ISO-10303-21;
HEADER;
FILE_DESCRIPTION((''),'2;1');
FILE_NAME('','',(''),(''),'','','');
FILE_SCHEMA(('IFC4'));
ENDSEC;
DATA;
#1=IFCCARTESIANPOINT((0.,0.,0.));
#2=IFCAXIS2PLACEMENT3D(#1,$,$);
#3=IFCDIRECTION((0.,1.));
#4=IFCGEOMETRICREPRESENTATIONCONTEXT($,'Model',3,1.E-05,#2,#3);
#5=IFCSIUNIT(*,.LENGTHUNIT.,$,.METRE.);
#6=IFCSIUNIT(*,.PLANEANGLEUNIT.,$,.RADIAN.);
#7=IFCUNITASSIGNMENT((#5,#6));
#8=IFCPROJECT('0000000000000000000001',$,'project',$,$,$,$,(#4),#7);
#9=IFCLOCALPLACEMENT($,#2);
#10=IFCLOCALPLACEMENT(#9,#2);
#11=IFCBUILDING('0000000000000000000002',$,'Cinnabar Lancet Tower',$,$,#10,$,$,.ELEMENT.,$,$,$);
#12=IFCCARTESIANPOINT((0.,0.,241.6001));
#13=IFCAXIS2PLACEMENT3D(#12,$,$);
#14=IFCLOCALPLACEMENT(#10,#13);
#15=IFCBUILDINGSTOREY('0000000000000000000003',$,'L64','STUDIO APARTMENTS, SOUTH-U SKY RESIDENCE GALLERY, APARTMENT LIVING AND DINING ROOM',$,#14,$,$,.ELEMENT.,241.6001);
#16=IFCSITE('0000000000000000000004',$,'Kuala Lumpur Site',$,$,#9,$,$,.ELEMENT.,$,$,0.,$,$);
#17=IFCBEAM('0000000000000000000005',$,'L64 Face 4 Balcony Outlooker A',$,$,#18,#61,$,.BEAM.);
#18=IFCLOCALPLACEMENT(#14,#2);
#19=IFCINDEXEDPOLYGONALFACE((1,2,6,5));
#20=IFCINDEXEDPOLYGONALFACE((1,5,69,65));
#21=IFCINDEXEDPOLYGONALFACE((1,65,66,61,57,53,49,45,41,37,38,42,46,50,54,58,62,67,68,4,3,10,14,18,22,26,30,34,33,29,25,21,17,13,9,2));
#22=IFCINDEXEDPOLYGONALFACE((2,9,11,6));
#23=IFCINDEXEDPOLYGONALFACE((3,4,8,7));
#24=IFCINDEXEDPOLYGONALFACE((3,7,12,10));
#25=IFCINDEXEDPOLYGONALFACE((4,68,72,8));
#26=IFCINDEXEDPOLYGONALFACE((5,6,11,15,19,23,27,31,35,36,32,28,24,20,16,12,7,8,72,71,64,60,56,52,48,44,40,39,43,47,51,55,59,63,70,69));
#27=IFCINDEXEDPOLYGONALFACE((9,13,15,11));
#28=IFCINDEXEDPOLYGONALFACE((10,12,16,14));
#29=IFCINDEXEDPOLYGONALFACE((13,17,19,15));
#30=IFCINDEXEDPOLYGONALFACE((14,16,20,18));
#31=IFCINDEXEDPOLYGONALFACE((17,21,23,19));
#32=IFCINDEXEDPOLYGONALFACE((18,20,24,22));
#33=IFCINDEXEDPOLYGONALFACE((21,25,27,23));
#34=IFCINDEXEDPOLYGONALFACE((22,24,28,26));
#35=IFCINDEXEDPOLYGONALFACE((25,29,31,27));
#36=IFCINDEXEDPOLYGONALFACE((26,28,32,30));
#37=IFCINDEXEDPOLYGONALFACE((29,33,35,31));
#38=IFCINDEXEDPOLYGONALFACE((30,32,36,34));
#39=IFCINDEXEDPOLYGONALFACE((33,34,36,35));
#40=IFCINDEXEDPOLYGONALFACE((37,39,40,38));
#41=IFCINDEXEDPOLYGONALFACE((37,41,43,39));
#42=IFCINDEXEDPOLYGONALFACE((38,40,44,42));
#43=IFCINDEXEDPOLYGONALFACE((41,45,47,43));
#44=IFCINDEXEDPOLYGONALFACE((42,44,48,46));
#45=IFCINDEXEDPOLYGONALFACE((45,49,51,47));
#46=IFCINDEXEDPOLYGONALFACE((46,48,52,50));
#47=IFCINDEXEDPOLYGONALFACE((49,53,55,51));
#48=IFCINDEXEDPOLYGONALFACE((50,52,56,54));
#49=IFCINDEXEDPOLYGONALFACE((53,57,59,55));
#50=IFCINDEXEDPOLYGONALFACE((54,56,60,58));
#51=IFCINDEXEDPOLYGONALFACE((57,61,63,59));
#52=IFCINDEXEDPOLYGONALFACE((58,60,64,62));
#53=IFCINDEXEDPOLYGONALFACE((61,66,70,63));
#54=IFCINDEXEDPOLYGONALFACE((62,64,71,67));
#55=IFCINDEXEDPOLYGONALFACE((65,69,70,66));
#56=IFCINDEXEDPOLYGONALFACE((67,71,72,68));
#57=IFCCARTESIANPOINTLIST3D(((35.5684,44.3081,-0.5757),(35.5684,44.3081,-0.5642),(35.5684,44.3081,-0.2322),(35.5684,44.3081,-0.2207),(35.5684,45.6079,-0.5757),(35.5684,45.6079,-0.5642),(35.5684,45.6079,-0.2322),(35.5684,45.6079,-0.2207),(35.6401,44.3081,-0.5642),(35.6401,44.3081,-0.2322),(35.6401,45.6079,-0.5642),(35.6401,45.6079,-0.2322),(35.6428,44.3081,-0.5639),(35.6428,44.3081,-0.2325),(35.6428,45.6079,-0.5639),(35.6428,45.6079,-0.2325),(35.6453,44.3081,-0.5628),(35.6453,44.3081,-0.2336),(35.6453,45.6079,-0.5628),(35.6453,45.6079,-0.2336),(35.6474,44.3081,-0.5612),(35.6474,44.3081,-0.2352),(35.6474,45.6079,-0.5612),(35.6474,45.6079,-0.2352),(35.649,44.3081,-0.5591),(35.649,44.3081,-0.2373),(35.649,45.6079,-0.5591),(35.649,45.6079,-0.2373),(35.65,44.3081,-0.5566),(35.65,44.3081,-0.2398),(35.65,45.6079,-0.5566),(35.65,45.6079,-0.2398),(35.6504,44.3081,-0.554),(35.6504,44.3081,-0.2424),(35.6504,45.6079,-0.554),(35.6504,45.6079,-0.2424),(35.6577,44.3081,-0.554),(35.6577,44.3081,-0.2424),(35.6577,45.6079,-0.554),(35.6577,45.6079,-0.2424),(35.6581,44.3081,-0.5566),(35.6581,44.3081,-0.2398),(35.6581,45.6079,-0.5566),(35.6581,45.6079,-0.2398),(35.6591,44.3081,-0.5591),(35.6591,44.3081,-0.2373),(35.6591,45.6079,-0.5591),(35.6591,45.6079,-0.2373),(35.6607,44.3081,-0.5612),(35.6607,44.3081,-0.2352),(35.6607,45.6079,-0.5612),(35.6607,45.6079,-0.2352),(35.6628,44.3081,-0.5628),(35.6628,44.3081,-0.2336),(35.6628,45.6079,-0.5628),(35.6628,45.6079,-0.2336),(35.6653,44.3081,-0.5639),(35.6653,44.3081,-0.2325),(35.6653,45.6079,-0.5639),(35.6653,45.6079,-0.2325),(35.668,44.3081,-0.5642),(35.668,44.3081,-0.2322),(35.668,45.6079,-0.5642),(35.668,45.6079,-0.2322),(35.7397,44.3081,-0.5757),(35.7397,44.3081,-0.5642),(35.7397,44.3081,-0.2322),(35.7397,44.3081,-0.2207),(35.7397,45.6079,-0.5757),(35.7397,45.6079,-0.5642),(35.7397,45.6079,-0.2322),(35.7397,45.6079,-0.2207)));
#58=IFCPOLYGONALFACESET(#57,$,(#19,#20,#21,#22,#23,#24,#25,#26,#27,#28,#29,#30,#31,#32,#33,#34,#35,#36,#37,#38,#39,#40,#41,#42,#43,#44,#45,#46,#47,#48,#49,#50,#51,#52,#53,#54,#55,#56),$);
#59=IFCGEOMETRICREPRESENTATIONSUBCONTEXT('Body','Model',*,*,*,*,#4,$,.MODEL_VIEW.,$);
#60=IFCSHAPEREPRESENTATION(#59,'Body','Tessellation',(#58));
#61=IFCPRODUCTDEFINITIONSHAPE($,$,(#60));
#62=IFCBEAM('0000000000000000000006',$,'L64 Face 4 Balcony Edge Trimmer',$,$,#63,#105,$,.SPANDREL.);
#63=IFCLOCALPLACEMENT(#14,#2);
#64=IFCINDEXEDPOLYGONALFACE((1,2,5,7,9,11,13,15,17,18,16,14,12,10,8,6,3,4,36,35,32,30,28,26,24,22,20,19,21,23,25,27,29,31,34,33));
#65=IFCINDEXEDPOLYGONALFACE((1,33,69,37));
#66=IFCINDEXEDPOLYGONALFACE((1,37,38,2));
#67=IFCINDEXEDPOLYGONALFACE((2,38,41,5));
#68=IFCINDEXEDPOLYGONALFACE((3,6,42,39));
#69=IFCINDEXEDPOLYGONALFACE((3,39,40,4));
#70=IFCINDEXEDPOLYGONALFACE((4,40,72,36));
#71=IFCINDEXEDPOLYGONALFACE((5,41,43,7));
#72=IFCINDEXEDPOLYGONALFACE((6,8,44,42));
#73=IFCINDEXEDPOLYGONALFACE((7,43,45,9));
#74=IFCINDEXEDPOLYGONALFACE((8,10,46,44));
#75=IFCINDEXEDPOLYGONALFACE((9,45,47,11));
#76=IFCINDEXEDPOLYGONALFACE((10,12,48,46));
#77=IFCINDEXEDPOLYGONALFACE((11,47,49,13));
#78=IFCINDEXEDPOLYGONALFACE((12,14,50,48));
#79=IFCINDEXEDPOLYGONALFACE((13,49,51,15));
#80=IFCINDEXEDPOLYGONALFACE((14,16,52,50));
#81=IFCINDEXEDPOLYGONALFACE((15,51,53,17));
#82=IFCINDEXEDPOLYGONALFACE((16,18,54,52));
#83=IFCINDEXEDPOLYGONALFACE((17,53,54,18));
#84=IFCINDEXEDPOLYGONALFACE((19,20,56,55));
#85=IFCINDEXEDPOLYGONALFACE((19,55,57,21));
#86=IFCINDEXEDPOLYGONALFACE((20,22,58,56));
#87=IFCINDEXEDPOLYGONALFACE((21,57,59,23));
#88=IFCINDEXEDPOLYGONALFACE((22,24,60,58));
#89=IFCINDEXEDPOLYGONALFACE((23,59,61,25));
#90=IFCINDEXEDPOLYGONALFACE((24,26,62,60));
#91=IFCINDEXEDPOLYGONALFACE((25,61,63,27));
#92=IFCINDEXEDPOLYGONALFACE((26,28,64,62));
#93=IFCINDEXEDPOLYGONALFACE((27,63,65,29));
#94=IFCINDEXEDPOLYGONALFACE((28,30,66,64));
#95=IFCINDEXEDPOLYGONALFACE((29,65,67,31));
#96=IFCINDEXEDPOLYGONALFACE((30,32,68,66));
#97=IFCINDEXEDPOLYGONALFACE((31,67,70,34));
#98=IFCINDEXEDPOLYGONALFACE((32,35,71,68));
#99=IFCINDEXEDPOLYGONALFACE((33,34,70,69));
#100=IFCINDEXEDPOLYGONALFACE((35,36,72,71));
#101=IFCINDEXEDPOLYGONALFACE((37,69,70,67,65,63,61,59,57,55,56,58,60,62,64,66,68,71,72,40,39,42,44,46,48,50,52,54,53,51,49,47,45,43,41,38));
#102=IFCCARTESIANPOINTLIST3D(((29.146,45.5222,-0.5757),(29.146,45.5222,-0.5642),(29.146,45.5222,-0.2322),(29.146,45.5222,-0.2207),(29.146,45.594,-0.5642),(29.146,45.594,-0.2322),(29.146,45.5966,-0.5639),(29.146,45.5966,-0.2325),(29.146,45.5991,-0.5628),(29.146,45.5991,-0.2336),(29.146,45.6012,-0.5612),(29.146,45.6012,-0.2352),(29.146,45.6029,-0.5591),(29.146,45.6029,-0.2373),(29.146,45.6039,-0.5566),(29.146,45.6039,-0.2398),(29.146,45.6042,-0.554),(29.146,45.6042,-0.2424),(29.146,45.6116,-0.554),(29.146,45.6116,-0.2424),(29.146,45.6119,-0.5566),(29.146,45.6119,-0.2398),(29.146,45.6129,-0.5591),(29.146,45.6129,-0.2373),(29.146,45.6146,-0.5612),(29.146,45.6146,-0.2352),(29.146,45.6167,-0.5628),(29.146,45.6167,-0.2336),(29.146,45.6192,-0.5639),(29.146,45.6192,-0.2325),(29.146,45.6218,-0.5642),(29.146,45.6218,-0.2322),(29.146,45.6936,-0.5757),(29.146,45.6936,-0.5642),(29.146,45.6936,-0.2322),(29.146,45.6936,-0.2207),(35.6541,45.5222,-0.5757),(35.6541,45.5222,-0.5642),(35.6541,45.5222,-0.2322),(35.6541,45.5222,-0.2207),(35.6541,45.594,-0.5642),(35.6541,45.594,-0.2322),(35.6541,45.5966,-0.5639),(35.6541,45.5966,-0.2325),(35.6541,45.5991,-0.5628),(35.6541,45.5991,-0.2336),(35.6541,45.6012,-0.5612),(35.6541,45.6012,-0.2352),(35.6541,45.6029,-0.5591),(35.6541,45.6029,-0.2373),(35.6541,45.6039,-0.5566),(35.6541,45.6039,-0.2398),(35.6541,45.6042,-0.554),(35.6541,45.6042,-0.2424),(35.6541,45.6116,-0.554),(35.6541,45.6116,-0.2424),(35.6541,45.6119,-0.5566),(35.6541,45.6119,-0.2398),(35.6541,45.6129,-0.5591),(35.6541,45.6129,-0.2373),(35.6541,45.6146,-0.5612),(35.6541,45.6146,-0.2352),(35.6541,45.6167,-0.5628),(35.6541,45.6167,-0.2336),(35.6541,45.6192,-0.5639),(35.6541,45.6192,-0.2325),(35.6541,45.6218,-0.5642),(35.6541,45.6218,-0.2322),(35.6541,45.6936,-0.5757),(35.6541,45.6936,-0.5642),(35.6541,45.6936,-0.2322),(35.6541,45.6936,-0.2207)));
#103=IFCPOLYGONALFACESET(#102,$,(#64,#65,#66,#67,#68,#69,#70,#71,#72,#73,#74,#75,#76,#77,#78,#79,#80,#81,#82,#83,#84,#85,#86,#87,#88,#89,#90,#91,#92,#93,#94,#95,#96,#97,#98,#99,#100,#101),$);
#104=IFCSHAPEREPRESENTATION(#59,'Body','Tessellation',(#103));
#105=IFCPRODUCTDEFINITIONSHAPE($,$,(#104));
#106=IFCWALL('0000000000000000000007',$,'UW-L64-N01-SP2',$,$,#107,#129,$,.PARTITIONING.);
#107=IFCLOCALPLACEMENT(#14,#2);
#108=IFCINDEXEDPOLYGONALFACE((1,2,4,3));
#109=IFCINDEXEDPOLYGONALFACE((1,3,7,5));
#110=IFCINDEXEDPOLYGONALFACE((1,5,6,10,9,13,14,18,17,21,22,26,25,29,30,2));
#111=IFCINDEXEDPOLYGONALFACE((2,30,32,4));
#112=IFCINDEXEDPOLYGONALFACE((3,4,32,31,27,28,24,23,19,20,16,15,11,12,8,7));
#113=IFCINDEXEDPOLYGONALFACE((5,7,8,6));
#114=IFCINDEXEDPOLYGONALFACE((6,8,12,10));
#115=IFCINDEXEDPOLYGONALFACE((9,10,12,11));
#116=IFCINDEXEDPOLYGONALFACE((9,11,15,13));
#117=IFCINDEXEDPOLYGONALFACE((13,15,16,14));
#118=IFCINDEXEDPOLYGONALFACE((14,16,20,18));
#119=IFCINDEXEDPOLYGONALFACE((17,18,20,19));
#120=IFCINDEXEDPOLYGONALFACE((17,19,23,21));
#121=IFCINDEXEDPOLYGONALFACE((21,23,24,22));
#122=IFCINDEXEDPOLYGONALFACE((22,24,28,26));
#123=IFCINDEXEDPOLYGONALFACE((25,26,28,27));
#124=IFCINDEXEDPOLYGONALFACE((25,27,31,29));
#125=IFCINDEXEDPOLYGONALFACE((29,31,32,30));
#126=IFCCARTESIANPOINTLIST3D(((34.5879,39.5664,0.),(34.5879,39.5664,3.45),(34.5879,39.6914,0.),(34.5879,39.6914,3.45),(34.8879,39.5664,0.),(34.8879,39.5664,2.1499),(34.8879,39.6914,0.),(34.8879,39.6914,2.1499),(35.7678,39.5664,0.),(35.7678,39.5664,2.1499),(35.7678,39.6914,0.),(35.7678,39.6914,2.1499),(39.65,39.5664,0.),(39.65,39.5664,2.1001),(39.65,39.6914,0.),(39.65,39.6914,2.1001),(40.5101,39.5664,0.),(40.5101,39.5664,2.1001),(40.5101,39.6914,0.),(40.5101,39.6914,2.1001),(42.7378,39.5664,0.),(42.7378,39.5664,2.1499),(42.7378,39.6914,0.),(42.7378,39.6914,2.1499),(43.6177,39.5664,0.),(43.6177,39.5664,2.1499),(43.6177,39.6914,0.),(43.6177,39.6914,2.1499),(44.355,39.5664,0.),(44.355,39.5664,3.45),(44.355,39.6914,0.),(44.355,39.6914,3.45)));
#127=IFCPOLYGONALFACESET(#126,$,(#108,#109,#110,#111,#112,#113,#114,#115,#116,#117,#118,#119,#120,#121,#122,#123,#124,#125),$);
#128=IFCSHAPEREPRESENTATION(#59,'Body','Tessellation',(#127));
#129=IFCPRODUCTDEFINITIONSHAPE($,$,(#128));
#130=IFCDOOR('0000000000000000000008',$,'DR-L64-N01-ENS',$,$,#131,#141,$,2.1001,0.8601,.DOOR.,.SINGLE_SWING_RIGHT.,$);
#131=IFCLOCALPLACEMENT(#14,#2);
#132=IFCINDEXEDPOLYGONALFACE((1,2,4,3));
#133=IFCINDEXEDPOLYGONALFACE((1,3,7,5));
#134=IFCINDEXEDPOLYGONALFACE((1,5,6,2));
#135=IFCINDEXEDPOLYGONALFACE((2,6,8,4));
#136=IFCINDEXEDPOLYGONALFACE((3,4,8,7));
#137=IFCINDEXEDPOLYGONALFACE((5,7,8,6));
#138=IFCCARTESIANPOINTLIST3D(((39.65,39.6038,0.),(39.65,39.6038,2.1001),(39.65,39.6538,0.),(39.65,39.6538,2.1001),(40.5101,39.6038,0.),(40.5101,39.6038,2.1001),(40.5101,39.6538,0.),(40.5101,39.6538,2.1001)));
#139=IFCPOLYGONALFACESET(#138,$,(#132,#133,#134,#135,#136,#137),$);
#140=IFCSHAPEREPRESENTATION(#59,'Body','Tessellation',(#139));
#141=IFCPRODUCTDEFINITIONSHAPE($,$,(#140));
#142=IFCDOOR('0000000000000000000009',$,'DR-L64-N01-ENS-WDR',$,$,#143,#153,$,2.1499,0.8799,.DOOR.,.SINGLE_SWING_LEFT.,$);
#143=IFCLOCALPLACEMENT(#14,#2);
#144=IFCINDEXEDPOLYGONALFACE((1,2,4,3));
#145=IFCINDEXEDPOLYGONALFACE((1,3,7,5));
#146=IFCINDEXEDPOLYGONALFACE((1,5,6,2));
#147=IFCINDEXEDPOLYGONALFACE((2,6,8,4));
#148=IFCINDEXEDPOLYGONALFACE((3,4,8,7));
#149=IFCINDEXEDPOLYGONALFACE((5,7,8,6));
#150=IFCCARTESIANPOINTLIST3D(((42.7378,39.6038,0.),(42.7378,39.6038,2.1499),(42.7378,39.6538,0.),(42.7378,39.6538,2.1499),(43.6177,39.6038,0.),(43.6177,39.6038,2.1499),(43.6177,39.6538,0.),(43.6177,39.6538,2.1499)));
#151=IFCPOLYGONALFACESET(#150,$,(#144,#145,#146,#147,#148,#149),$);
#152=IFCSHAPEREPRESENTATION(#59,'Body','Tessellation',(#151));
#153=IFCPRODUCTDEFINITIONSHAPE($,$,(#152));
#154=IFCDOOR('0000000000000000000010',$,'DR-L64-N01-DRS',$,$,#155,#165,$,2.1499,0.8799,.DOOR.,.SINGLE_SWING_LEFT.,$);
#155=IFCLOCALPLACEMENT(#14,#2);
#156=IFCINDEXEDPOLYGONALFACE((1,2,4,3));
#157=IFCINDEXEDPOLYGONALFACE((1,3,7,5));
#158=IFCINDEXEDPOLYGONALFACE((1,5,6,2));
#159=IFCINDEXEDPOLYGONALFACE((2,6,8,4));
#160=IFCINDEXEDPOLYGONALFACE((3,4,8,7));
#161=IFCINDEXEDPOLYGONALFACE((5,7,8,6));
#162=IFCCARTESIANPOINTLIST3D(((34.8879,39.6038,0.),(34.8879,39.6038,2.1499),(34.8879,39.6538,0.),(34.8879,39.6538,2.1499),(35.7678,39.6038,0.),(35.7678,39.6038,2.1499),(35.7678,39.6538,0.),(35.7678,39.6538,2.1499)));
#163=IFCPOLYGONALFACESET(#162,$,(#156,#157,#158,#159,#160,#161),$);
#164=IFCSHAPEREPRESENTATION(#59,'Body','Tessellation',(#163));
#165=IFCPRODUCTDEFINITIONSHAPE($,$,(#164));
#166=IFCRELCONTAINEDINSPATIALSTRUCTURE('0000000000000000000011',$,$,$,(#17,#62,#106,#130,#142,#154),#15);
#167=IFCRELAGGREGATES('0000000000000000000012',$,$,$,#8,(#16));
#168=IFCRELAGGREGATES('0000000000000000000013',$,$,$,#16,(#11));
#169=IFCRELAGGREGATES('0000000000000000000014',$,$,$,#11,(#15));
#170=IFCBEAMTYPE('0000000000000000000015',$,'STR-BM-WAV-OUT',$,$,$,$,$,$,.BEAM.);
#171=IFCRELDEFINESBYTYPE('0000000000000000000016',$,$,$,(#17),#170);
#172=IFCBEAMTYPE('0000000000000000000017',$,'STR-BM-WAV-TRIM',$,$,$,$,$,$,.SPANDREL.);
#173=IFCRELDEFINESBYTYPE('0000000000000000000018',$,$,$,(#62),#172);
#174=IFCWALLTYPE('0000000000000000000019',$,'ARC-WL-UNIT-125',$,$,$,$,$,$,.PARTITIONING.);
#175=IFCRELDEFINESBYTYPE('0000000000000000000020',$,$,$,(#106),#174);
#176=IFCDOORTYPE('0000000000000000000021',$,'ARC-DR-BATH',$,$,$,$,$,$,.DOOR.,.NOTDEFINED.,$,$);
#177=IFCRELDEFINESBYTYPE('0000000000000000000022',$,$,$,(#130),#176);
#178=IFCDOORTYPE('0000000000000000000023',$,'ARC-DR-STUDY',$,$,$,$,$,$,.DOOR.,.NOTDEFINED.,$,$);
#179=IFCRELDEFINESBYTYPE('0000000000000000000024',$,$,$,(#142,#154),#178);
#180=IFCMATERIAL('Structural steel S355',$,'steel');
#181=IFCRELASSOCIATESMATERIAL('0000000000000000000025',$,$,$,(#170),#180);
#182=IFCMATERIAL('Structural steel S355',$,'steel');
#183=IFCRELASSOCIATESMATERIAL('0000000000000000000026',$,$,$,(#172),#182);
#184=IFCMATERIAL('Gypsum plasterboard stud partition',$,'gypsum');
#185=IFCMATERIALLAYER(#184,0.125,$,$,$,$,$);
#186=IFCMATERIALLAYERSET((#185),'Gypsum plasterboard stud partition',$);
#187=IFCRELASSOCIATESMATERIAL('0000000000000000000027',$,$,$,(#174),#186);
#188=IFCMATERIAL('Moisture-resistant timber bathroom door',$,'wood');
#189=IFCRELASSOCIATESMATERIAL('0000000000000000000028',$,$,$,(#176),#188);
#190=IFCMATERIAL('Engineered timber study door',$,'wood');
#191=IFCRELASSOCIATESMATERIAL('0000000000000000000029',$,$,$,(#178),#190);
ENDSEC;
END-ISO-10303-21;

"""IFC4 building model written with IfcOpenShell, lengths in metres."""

from ifc_helpers import new_model, si_unit, direction, frame, frame_2d, origin, origin_2d, place, context, subcontext, project, spatial, rectangle, i_section, extrude, material, layer, layer_set, material_profile, profile_set, type_object, element, fill, save


model = new_model("IFC4")

# Units and contexts
model_context = context("Model", 3, precision=1e-05, world=origin(), true_north=direction((0.0, 1.0)))
body_context = subcontext(model_context, "Body", "Model", "MODEL_VIEW")
ifc_project = project(units=[si_unit("LENGTHUNIT", "METRE"), si_unit("PLANEANGLEUNIT", "RADIAN")], contexts=[model_context])

# Site, building, storey
site_placement = place(None, origin())
site = spatial("IfcSite", under=ifc_project, at=site_placement, Name="Kuala Lumpur Site", CompositionType="ELEMENT", RefElevation=0.0)
building_placement = place(site_placement, origin())
building = spatial("IfcBuilding", under=site, at=building_placement, Name="Cinnabar Lancet Tower", CompositionType="ELEMENT")
storey_placement = place(building_placement, frame((0.0, 0.0, 241.6001)))
storey = spatial("IfcBuildingStorey", under=building, at=storey_placement, Name="L64", Description="STUDIO APARTMENTS, SOUTH-U SKY RESIDENCE GALLERY, APARTMENT LIVING AND DINING ROOM", CompositionType="ELEMENT", Elevation=241.6001)

# Beams
ifc_material_1 = material(Name="Structural steel S355", Category="steel")
ifc_material_profile_1 = material_profile(ifc_material_1, i_section(OverallWidth=0.1714, OverallDepth=0.355, WebThickness=0.0073, FlangeThickness=0.0115, FilletRadius=0.0103, at=origin_2d()), Name="UKB 356x171x51")
ifc_profile_set_1 = profile_set([ifc_material_profile_1], Name="Structural steel S355")
beam_type_1 = type_object("IfcBeamType", Name="STR-BM-WAV-OUT", PredefinedType="BEAM", material=ifc_profile_set_1)
beam_1_placement = place(storey_placement, frame((35.6541, 44.3081, -0.3982), z_axis=(0.0, 1.0, 0.0), x_axis=(-1.0, 0.0, 0.0)))
element("IfcBeam", 1, at=beam_1_placement, inside=storey, type_object=beam_type_1, Name="L64 Face 4 Balcony Outlooker A", PredefinedType="BEAM", context=body_context, shape_type="SweptSolid", body=[
    extrude(i_section(OverallWidth=0.1714, OverallDepth=0.355, WebThickness=0.0073, FlangeThickness=0.0115, FilletRadius=0.0103, at=origin_2d()), origin(), (0.0, 0.0, 1.0), 1.2998),
])
ifc_material_2 = material(Name="Structural steel S355", Category="steel")
ifc_material_profile_2 = material_profile(ifc_material_2, i_section(OverallWidth=0.1714, OverallDepth=0.355, WebThickness=0.0073, FlangeThickness=0.0115, FilletRadius=0.0103, at=origin_2d()), Name="UKB 356x171x51")
ifc_profile_set_2 = profile_set([ifc_material_profile_2], Name="Structural steel S355")
beam_type_2 = type_object("IfcBeamType", Name="STR-BM-WAV-TRIM", PredefinedType="SPANDREL", material=ifc_profile_set_2)
beam_2_placement = place(storey_placement, frame((35.6541, 45.6079, -0.3982), z_axis=(-1.0, 0.0, 0.0), x_axis=(0.0, -1.0, 0.0)))
element("IfcBeam", 2, at=beam_2_placement, inside=storey, type_object=beam_type_2, Name="L64 Face 4 Balcony Edge Trimmer", PredefinedType="SPANDREL", context=body_context, shape_type="SweptSolid", body=[
    extrude(i_section(OverallWidth=0.1714, OverallDepth=0.355, WebThickness=0.0073, FlangeThickness=0.0115, FilletRadius=0.0103, at=origin_2d()), origin(), (0.0, 0.0, 1.0), 6.5081),
])

# Wall, openings, doors
ifc_material_3 = material(Name="Gypsum plasterboard stud partition", Category="gypsum")
ifc_layer_1 = layer(ifc_material_3, 0.125)
ifc_layer_set_1 = layer_set([ifc_layer_1], Name="Gypsum plasterboard stud partition")
wall_type_1 = type_object("IfcWallType", Name="ARC-WL-UNIT-125", PredefinedType="PARTITIONING", material=ifc_layer_set_1)
wall_1_placement = place(storey_placement, frame((34.5879, 39.6289, 0.0), z_axis=(0.0, 0.0, 1.0), x_axis=(1.0, 0.0, 0.0)))
wall_1 = element("IfcWall", 3, at=wall_1_placement, inside=storey, type_object=wall_type_1, Name="UW-L64-N01-SP2", PredefinedType="PARTITIONING", context=body_context, shape_type="SweptSolid", body=[
    extrude(rectangle(XDim=9.7671, YDim=0.125, at=frame_2d((4.8835, 0.0))), origin(), (0.0, 0.0, 1.0), 3.45),
])
opening_1_placement = place(wall_1_placement, frame((5.062, 0.0, 0.0)))
opening_1 = element("IfcOpeningElement", 4, at=opening_1_placement, cuts=wall_1, PredefinedType="OPENING", context=body_context, shape_type="SweptSolid", body=[
    extrude(rectangle(XDim=0.8601, YDim=2.1001, at=frame_2d((0.4302, 1.05))), frame((0.0, 0.0725, 0.0), z_axis=(0.0, -1.0, 0.0), x_axis=(1.0, 0.0, 0.0)), (0.0, 0.0, 1.0), 0.145),
])
opening_2_placement = place(wall_1_placement, frame((8.1499, 0.0, 0.0)))
opening_2 = element("IfcOpeningElement", 5, at=opening_2_placement, cuts=wall_1, PredefinedType="OPENING", context=body_context, shape_type="SweptSolid", body=[
    extrude(rectangle(XDim=0.8799, YDim=2.1499, at=frame_2d((0.4399, 1.075))), frame((0.0, 0.0725, 0.0), z_axis=(0.0, -1.0, 0.0), x_axis=(1.0, 0.0, 0.0)), (0.0, 0.0, 1.0), 0.145),
])
opening_3_placement = place(wall_1_placement, frame((0.3, 0.0, 0.0)))
opening_3 = element("IfcOpeningElement", 6, at=opening_3_placement, cuts=wall_1, PredefinedType="OPENING", context=body_context, shape_type="SweptSolid", body=[
    extrude(rectangle(XDim=0.8799, YDim=2.1499, at=frame_2d((0.4399, 1.075))), frame((0.0, 0.0725, 0.0), z_axis=(0.0, -1.0, 0.0), x_axis=(1.0, 0.0, 0.0)), (0.0, 0.0, 1.0), 0.145),
])
ifc_material_4 = material(Name="Moisture-resistant timber bathroom door", Category="wood")
door_type_1 = type_object("IfcDoorType", Name="ARC-DR-BATH", OperationType="NOTDEFINED", PredefinedType="DOOR", material=ifc_material_4)
door_1_placement = place(opening_1_placement, origin())
door_1 = element("IfcDoor", 7, at=door_1_placement, inside=storey, type_object=door_type_1, Name="DR-L64-N01-ENS", OperationType="SINGLE_SWING_RIGHT", OverallHeight=2.1001, OverallWidth=0.8601, PredefinedType="DOOR", context=body_context, shape_type="SweptSolid", body=[
    extrude(rectangle(XDim=0.8601, YDim=2.1001, at=frame_2d((0.4302, 1.05))), frame((0.0, 0.0249, 0.0), z_axis=(0.0, -1.0, 0.0), x_axis=(1.0, 0.0, 0.0)), (0.0, 0.0, 1.0), 0.05),
])
fill(opening_1, door_1)
ifc_material_5 = material(Name="Engineered timber study door", Category="wood")
door_type_2 = type_object("IfcDoorType", Name="ARC-DR-STUDY", OperationType="NOTDEFINED", PredefinedType="DOOR", material=ifc_material_5)
door_2_placement = place(opening_2_placement, origin())
door_2 = element("IfcDoor", 8, at=door_2_placement, inside=storey, type_object=door_type_2, Name="DR-L64-N01-ENS-WDR", OperationType="SINGLE_SWING_LEFT", OverallHeight=2.1499, OverallWidth=0.8799, PredefinedType="DOOR", context=body_context, shape_type="SweptSolid", body=[
    extrude(rectangle(XDim=0.8799, YDim=2.1499, at=frame_2d((0.4399, 1.075))), frame((0.0, 0.0249, 0.0), z_axis=(0.0, -1.0, 0.0), x_axis=(1.0, 0.0, 0.0)), (0.0, 0.0, 1.0), 0.05),
])
fill(opening_2, door_2)
door_3_placement = place(opening_3_placement, origin())
door_3 = element("IfcDoor", 9, at=door_3_placement, inside=storey, type_object=door_type_2, Name="DR-L64-N01-DRS", OperationType="SINGLE_SWING_LEFT", OverallHeight=2.1499, OverallWidth=0.8799, PredefinedType="DOOR", context=body_context, shape_type="SweptSolid", body=[
    extrude(rectangle(XDim=0.8799, YDim=2.1499, at=frame_2d((0.4399, 1.075))), frame((0.0, 0.0249, 0.0), z_axis=(0.0, -1.0, 0.0), x_axis=(1.0, 0.0, 0.0)), (0.0, 0.0, 1.0), 0.05),
])
fill(opening_3, door_3)

save(model, "model.ifc")
